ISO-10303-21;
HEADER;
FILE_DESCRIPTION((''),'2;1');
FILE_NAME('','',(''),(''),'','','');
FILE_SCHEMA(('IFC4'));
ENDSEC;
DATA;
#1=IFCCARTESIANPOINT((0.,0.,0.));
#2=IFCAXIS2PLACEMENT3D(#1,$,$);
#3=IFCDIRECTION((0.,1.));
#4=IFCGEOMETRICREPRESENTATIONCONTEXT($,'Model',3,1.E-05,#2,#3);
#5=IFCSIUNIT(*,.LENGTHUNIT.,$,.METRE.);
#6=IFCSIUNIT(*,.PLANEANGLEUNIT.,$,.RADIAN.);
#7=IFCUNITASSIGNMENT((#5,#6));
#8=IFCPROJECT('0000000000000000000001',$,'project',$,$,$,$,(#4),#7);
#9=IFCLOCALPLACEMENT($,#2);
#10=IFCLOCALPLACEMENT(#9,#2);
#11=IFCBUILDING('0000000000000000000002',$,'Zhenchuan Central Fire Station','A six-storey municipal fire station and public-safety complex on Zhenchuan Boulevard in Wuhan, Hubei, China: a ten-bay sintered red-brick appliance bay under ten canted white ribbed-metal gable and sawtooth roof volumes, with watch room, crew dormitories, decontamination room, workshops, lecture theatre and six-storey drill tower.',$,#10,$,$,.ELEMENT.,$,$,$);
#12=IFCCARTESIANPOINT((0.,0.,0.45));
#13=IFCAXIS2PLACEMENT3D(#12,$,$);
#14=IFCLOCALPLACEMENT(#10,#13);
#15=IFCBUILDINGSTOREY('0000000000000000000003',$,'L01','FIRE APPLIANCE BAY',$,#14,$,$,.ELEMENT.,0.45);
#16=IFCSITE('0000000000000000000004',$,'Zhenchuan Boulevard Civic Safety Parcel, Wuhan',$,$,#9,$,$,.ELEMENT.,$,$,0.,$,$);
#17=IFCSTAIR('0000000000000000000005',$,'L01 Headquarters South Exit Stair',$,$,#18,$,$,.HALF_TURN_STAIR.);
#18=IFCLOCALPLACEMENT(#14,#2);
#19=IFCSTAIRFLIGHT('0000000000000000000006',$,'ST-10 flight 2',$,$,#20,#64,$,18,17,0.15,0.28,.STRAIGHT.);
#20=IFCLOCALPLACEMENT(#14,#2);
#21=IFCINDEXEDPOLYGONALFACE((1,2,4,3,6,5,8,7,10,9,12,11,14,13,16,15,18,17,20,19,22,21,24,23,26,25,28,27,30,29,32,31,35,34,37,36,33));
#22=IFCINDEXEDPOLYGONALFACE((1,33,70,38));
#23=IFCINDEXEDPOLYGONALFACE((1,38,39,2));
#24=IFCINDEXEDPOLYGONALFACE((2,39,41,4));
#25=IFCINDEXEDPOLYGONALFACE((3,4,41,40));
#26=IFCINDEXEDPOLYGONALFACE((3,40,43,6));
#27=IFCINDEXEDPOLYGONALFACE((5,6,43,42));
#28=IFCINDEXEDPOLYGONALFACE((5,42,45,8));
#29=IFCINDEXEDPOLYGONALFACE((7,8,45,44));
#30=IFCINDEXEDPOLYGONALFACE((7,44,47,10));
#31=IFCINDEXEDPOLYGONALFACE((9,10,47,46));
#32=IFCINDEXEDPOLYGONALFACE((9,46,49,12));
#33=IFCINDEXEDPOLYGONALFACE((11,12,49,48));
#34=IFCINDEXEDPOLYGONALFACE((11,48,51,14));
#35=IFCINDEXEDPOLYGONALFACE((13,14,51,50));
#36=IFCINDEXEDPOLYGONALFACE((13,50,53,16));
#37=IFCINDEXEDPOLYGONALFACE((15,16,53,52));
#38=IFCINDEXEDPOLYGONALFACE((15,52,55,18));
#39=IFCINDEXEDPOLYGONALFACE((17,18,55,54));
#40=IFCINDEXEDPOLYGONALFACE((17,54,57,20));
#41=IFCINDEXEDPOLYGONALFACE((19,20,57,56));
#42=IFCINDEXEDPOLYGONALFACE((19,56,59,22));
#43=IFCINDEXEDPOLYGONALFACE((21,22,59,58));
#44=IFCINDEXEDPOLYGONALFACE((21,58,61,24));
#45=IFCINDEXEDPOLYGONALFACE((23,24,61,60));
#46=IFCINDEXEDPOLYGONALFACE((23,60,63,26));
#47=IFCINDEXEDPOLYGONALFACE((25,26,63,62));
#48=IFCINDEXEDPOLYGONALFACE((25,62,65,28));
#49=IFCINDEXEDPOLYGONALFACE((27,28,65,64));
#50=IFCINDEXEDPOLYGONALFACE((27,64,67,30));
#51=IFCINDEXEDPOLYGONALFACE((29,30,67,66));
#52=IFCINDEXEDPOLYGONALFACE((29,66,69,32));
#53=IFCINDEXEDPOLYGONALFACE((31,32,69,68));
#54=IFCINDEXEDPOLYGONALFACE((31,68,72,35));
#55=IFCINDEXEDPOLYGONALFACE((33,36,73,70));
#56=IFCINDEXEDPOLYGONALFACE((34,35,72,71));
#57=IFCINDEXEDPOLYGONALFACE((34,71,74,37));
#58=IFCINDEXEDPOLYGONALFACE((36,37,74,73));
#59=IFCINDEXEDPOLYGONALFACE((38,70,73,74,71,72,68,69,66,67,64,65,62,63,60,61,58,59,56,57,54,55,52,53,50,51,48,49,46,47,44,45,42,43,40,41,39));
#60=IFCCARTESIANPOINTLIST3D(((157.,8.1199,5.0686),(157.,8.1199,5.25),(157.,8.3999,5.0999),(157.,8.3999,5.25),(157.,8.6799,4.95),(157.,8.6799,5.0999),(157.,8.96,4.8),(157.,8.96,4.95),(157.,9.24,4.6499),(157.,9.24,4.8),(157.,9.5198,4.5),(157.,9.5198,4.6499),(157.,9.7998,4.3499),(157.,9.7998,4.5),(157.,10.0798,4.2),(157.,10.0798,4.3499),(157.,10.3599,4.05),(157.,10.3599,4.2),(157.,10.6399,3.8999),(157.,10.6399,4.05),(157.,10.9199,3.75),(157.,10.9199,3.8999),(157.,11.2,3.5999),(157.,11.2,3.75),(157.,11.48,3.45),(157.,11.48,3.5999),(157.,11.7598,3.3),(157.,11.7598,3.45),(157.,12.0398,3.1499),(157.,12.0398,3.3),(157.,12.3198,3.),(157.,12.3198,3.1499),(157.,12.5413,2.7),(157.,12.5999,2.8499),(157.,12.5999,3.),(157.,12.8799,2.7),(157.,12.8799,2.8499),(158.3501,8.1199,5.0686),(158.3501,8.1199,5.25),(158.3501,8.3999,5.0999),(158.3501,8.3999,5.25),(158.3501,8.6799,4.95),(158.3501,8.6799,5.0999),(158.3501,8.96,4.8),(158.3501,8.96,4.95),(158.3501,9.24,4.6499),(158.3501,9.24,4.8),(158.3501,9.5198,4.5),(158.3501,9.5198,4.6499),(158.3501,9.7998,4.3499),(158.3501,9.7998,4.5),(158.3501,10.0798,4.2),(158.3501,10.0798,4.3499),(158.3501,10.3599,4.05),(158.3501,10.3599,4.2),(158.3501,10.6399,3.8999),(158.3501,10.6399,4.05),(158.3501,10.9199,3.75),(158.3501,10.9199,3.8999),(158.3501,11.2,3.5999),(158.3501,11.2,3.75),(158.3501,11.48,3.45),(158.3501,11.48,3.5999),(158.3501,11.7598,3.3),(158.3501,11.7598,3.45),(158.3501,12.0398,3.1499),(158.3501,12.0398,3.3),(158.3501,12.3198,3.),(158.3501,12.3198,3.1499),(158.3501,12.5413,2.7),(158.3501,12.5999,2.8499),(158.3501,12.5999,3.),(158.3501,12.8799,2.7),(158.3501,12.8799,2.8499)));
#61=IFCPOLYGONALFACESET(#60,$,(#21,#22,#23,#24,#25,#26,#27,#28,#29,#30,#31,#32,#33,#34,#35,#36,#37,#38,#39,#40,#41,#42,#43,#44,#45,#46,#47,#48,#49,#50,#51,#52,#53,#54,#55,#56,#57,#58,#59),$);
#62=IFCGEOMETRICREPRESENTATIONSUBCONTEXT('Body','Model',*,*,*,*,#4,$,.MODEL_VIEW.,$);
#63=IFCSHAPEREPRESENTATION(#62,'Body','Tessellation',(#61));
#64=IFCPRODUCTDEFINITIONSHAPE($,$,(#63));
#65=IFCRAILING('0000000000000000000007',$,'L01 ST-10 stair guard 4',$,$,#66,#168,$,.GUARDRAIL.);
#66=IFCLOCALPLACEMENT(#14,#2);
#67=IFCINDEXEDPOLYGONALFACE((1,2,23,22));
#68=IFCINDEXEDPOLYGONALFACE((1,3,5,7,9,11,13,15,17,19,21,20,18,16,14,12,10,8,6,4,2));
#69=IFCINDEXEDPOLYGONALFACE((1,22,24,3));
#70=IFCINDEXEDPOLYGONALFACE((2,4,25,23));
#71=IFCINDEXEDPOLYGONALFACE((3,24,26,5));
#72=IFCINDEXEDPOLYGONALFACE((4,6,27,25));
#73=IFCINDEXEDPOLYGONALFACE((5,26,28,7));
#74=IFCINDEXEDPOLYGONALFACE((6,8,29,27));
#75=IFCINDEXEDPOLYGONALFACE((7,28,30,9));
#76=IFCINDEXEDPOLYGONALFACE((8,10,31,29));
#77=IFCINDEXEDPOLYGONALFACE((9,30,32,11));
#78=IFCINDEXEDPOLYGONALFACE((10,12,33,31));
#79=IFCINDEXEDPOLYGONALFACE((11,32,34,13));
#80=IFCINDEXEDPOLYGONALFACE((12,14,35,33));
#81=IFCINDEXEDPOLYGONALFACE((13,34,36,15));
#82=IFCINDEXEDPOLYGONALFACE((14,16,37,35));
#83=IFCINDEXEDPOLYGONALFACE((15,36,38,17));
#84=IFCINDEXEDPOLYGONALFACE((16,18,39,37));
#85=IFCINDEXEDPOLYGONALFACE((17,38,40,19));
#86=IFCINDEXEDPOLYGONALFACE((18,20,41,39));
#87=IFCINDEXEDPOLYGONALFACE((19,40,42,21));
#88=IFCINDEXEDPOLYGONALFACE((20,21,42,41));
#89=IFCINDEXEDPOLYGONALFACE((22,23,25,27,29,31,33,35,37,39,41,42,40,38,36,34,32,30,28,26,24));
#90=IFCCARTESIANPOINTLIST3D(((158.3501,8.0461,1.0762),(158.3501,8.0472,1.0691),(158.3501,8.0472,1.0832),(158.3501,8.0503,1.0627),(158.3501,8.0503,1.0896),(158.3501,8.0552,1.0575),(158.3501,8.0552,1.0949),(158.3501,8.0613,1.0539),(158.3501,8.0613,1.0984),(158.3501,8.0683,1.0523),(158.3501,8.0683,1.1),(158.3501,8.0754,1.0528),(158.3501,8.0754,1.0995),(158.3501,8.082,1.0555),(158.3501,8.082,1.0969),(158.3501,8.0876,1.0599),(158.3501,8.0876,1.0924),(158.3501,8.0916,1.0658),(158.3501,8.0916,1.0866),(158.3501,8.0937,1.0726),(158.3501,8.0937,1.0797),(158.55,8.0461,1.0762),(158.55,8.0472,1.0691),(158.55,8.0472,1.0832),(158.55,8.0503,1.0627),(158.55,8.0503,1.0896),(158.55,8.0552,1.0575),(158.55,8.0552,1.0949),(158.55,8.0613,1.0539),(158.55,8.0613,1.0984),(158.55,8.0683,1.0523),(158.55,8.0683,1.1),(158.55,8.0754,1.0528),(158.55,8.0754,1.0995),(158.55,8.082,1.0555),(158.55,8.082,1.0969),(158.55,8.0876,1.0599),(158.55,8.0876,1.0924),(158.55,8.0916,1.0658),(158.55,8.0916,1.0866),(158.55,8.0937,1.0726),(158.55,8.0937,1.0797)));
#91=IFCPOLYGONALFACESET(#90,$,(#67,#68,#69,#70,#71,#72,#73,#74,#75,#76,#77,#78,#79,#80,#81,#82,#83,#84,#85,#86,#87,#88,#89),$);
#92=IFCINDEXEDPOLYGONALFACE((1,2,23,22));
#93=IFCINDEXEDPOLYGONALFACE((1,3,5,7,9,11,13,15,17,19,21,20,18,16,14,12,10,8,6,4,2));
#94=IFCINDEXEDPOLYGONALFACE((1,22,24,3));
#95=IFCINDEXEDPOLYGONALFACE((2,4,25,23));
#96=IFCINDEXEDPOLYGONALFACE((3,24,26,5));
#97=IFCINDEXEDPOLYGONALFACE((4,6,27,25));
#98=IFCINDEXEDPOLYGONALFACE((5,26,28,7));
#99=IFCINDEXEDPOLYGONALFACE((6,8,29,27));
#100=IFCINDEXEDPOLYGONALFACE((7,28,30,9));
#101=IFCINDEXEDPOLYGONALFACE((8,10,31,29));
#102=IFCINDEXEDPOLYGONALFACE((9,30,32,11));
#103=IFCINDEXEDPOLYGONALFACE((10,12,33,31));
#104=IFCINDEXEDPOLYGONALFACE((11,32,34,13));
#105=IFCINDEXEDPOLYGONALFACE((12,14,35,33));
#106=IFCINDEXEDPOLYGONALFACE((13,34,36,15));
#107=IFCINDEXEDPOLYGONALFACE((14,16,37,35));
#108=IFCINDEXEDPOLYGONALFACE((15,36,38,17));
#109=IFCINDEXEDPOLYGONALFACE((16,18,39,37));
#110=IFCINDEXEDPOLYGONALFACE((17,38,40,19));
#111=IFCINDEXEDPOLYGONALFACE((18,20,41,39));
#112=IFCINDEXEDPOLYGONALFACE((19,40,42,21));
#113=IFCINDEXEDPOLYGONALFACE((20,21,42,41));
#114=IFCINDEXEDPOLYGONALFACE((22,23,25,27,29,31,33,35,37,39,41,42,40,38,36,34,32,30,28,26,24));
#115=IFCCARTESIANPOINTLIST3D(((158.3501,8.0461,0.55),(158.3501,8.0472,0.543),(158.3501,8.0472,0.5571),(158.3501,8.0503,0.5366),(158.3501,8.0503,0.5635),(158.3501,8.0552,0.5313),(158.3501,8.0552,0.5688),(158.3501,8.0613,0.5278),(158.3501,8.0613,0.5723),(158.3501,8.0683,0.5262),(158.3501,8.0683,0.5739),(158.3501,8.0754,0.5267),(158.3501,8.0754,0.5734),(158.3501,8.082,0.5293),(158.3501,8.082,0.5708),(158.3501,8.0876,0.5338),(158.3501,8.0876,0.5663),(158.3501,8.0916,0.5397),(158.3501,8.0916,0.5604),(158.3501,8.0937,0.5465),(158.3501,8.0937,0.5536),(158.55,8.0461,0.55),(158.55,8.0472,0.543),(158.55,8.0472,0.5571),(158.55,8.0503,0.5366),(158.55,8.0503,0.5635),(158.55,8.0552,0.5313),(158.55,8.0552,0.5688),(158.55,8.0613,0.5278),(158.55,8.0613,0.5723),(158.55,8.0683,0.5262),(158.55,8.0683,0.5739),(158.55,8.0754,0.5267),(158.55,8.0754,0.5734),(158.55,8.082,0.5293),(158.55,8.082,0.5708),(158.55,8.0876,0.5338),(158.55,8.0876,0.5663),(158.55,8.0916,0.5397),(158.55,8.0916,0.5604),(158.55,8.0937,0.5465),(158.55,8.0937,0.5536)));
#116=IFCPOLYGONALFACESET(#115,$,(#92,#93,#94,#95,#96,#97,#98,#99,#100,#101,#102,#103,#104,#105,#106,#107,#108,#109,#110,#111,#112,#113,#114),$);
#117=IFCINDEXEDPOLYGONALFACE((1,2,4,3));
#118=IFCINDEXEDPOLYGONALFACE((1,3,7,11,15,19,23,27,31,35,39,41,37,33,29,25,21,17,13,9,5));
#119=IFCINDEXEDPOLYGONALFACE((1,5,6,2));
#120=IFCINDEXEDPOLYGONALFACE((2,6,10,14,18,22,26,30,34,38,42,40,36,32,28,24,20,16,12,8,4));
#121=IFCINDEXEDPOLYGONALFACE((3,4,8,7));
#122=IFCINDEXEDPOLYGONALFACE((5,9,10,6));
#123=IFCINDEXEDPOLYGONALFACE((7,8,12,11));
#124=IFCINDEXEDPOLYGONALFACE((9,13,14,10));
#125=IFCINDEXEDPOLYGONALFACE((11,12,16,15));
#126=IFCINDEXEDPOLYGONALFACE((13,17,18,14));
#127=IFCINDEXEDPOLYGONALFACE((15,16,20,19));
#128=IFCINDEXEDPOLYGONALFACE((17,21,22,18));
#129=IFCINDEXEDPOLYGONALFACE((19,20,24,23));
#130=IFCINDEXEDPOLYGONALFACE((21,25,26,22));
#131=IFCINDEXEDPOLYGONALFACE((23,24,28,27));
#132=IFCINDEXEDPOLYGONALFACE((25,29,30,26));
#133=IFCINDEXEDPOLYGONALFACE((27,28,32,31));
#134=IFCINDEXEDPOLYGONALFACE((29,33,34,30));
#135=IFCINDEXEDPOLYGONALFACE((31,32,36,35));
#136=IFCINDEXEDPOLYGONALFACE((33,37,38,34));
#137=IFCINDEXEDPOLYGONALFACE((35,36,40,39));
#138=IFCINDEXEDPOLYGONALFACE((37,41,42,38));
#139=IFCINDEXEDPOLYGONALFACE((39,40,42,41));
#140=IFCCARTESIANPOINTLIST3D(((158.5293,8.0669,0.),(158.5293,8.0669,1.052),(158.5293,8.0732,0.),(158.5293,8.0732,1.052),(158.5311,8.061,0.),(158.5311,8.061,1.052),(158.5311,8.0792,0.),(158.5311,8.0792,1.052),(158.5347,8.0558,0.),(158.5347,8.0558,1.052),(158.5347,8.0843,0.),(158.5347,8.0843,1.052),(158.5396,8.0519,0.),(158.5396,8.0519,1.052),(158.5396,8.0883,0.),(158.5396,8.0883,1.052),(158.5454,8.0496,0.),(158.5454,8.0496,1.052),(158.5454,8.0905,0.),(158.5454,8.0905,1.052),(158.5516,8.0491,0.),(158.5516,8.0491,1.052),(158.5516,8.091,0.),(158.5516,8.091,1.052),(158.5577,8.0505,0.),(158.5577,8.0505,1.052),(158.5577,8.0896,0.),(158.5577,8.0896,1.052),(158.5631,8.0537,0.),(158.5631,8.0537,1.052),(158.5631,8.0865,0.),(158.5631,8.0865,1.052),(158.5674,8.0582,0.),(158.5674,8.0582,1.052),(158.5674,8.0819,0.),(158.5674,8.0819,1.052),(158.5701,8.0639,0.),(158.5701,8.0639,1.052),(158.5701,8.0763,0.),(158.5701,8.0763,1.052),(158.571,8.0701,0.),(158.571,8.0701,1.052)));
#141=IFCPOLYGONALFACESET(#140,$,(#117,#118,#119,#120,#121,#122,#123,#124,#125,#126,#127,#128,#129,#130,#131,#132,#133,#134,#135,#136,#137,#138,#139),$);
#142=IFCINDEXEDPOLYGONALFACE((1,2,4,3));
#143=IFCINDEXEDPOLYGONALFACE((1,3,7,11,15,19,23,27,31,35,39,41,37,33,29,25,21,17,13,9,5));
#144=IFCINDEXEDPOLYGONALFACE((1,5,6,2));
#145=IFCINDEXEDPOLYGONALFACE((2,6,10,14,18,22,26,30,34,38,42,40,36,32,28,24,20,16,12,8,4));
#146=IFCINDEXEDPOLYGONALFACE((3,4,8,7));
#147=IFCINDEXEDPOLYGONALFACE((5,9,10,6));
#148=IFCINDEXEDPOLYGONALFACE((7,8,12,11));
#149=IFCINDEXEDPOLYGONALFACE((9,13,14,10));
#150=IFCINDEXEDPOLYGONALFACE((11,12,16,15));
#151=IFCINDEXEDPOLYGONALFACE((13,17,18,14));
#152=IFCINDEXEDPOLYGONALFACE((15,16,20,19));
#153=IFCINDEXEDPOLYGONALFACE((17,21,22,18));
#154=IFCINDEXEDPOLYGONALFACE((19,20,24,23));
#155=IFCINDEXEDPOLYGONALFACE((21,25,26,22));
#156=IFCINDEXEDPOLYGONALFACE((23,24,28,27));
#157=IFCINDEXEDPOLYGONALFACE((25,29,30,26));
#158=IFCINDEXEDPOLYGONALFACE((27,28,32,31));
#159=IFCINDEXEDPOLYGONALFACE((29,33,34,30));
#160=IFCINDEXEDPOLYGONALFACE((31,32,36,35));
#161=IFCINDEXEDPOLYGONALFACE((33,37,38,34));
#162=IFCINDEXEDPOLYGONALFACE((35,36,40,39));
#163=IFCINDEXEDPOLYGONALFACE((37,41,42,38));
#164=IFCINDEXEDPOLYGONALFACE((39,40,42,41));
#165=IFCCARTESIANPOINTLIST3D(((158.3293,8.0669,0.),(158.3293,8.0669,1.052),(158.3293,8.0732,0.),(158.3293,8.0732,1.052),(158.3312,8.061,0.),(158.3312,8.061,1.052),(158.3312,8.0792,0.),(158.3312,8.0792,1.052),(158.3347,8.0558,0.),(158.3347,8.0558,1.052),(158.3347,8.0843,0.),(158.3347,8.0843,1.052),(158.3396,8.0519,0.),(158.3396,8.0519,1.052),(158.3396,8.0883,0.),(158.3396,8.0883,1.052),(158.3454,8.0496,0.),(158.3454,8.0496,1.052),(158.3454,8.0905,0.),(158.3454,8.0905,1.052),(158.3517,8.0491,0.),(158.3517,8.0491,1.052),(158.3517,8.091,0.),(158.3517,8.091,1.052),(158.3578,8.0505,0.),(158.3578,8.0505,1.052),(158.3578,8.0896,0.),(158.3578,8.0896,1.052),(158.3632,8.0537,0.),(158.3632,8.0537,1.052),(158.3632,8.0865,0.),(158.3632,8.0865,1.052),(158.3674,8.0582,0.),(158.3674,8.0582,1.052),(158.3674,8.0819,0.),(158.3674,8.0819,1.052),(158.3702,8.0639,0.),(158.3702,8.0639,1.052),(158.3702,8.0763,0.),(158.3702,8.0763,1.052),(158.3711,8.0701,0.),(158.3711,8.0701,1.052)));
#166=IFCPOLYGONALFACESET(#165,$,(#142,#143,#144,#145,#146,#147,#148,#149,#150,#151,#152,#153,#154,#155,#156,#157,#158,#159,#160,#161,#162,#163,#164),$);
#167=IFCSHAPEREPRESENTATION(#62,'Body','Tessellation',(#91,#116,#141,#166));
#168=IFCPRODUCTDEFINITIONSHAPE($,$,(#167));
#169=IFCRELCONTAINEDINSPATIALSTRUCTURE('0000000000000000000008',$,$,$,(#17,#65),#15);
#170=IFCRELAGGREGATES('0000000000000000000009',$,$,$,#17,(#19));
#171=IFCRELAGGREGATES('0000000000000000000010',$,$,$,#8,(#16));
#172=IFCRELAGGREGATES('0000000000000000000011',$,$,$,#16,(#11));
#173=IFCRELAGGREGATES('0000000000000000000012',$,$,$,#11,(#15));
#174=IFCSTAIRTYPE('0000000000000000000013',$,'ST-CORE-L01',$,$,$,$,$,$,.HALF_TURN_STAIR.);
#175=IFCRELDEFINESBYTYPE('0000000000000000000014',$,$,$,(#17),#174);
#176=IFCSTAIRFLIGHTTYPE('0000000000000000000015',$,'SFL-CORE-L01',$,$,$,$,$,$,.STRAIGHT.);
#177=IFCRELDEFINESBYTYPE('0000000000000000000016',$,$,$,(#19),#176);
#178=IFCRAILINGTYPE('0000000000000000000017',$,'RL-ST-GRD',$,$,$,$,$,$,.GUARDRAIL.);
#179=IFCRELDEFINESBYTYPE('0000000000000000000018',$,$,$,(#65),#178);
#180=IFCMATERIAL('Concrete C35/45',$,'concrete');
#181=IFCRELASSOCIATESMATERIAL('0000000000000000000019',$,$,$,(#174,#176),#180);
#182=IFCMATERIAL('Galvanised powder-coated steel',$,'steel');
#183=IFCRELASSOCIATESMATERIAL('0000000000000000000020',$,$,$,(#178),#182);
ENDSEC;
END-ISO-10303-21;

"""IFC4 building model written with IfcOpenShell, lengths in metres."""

from ifc_helpers import new_model, si_unit, direction, frame, origin, origin_2d, place, context, subcontext, project, spatial, polyline, circle, outline, extrude, material, type_object, element, aggregate, save


model = new_model("IFC4")

# Units and contexts
model_context = context("Model", 3, precision=1e-05, world=origin(), true_north=direction((0.0, 1.0)))
body_context = subcontext(model_context, "Body", "Model", "MODEL_VIEW")
ifc_project = project(units=[si_unit("LENGTHUNIT", "METRE"), si_unit("PLANEANGLEUNIT", "RADIAN")], contexts=[model_context])

# Site, building, storey
site_placement = place(None, origin())
site = spatial("IfcSite", under=ifc_project, at=site_placement, Name="Zhenchuan Boulevard Civic Safety Parcel, Wuhan", CompositionType="ELEMENT", RefElevation=0.0)
building_placement = place(site_placement, origin())
building = spatial("IfcBuilding", under=site, at=building_placement, Name="Zhenchuan Central Fire Station", Description="A six-storey municipal fire station and public-safety complex on Zhenchuan Boulevard in Wuhan, Hubei, China: a ten-bay sintered red-brick appliance bay under ten canted white ribbed-metal gable and sawtooth roof volumes, with watch room, crew dormitories, decontamination room, workshops, lecture theatre and six-storey drill tower.", CompositionType="ELEMENT")
storey_placement = place(building_placement, frame((0.0, 0.0, 0.45)))
storey = spatial("IfcBuildingStorey", under=building, at=storey_placement, Name="L01", Description="FIRE APPLIANCE BAY", CompositionType="ELEMENT", Elevation=0.45)

# Shared definitions
ifc_material_1 = material(Name="Concrete C35/45", Category="concrete")

# Stair, stair flight
stair_type = type_object("IfcStairType", Name="ST-CORE-L01", PredefinedType="HALF_TURN_STAIR", material=ifc_material_1)
stair_placement = place(storey_placement, origin())
stair = element("IfcStair", 1, at=stair_placement, inside=storey, type_object=stair_type, Name="L01 Headquarters South Exit Stair", PredefinedType="HALF_TURN_STAIR")
stair_flight_type = type_object("IfcStairFlightType", Name="SFL-CORE-L01", PredefinedType="STRAIGHT", material=ifc_material_1)
stair_flight_1_placement = place(storey_placement, frame((157.675, 12.8799, 2.7), z_axis=(0.0, 0.0, 1.0), x_axis=(0.0, -1.0, 0.0)))
stair_flight_1 = element("IfcStairFlight", 2, at=stair_flight_1_placement, type_object=stair_flight_type, Name="ST-10 flight 2", NumberOfRisers=18, NumberOfTreads=17, PredefinedType="STRAIGHT", RiserHeight=0.15, TreadLength=0.28, context=body_context, shape_type="SweptSolid", body=[
    extrude(outline(polyline([(0.0, 0.0), (0.0, 0.1499), (0.28, 0.1499), (0.28, 0.3), (0.5601, 0.3), (0.5601, 0.45), (0.8401, 0.45), (0.8401, 0.6001), (1.1201, 0.6001), (1.1201, 0.75), (1.3999, 0.75), (1.3999, 0.8999), (1.6799, 0.8999), (1.6799, 1.05), (1.96, 1.05), (1.96, 1.2), (2.24, 1.2), (2.24, 1.3501), (2.52, 1.3501), (2.52, 1.5), (2.8, 1.5), (2.8, 1.6499), (3.0801, 1.6499), (3.0801, 1.8), (3.3601, 1.8), (3.3601, 1.95), (3.6399, 1.95), (3.6399, 2.1001), (3.9199, 2.1001), (3.9199, 2.25), (4.2, 2.25), (4.2, 2.3999), (4.48, 2.3999), (4.48, 2.55), (4.76, 2.55), (4.76, 2.7), (4.76, 2.3687), (0.3386, 0.0), (0.0, 0.0)])), frame((0.0, 0.675, 0.0), z_axis=(0.0, -1.0, 0.0), x_axis=(1.0, 0.0, 0.0)), (0.0, 0.0, 1.0), 1.3501),
])
aggregate(stair, [stair_flight_1])

# Railing
ifc_material_2 = material(Name="Galvanised powder-coated steel", Category="steel")
railing_type_1 = type_object("IfcRailingType", Name="RL-ST-GRD", PredefinedType="GUARDRAIL", material=ifc_material_2)
railing_1_placement = place(storey_placement, frame((158.55, 8.0701, 0.0)))
element("IfcRailing", 3, at=railing_1_placement, inside=storey, type_object=railing_type_1, Name="L01 ST-10 stair guard 4", PredefinedType="GUARDRAIL", context=body_context, shape_type="SweptSolid", body=[
    extrude(circle(Radius=0.0239, at=origin_2d()), frame((0.0, 0.0, 1.0762), z_axis=(-1.0, 0.0, 0.0), x_axis=(0.0, -1.0, 0.0)), (0.0, 0.0, 1.0), 0.2),
    extrude(circle(Radius=0.0239, at=origin_2d()), frame((0.0, 0.0, 0.55), z_axis=(-1.0, 0.0, 0.0), x_axis=(0.0, -1.0, 0.0)), (0.0, 0.0, 1.0), 0.2),
    extrude(circle(Radius=0.021, at=origin_2d()), origin(), (0.0, 0.0, 1.0), 1.052),
    extrude(circle(Radius=0.021, at=origin_2d()), frame((-0.2, 0.0, 0.0)), (0.0, 0.0, 1.0), 1.052),
])

save(model, "model.ifc")
